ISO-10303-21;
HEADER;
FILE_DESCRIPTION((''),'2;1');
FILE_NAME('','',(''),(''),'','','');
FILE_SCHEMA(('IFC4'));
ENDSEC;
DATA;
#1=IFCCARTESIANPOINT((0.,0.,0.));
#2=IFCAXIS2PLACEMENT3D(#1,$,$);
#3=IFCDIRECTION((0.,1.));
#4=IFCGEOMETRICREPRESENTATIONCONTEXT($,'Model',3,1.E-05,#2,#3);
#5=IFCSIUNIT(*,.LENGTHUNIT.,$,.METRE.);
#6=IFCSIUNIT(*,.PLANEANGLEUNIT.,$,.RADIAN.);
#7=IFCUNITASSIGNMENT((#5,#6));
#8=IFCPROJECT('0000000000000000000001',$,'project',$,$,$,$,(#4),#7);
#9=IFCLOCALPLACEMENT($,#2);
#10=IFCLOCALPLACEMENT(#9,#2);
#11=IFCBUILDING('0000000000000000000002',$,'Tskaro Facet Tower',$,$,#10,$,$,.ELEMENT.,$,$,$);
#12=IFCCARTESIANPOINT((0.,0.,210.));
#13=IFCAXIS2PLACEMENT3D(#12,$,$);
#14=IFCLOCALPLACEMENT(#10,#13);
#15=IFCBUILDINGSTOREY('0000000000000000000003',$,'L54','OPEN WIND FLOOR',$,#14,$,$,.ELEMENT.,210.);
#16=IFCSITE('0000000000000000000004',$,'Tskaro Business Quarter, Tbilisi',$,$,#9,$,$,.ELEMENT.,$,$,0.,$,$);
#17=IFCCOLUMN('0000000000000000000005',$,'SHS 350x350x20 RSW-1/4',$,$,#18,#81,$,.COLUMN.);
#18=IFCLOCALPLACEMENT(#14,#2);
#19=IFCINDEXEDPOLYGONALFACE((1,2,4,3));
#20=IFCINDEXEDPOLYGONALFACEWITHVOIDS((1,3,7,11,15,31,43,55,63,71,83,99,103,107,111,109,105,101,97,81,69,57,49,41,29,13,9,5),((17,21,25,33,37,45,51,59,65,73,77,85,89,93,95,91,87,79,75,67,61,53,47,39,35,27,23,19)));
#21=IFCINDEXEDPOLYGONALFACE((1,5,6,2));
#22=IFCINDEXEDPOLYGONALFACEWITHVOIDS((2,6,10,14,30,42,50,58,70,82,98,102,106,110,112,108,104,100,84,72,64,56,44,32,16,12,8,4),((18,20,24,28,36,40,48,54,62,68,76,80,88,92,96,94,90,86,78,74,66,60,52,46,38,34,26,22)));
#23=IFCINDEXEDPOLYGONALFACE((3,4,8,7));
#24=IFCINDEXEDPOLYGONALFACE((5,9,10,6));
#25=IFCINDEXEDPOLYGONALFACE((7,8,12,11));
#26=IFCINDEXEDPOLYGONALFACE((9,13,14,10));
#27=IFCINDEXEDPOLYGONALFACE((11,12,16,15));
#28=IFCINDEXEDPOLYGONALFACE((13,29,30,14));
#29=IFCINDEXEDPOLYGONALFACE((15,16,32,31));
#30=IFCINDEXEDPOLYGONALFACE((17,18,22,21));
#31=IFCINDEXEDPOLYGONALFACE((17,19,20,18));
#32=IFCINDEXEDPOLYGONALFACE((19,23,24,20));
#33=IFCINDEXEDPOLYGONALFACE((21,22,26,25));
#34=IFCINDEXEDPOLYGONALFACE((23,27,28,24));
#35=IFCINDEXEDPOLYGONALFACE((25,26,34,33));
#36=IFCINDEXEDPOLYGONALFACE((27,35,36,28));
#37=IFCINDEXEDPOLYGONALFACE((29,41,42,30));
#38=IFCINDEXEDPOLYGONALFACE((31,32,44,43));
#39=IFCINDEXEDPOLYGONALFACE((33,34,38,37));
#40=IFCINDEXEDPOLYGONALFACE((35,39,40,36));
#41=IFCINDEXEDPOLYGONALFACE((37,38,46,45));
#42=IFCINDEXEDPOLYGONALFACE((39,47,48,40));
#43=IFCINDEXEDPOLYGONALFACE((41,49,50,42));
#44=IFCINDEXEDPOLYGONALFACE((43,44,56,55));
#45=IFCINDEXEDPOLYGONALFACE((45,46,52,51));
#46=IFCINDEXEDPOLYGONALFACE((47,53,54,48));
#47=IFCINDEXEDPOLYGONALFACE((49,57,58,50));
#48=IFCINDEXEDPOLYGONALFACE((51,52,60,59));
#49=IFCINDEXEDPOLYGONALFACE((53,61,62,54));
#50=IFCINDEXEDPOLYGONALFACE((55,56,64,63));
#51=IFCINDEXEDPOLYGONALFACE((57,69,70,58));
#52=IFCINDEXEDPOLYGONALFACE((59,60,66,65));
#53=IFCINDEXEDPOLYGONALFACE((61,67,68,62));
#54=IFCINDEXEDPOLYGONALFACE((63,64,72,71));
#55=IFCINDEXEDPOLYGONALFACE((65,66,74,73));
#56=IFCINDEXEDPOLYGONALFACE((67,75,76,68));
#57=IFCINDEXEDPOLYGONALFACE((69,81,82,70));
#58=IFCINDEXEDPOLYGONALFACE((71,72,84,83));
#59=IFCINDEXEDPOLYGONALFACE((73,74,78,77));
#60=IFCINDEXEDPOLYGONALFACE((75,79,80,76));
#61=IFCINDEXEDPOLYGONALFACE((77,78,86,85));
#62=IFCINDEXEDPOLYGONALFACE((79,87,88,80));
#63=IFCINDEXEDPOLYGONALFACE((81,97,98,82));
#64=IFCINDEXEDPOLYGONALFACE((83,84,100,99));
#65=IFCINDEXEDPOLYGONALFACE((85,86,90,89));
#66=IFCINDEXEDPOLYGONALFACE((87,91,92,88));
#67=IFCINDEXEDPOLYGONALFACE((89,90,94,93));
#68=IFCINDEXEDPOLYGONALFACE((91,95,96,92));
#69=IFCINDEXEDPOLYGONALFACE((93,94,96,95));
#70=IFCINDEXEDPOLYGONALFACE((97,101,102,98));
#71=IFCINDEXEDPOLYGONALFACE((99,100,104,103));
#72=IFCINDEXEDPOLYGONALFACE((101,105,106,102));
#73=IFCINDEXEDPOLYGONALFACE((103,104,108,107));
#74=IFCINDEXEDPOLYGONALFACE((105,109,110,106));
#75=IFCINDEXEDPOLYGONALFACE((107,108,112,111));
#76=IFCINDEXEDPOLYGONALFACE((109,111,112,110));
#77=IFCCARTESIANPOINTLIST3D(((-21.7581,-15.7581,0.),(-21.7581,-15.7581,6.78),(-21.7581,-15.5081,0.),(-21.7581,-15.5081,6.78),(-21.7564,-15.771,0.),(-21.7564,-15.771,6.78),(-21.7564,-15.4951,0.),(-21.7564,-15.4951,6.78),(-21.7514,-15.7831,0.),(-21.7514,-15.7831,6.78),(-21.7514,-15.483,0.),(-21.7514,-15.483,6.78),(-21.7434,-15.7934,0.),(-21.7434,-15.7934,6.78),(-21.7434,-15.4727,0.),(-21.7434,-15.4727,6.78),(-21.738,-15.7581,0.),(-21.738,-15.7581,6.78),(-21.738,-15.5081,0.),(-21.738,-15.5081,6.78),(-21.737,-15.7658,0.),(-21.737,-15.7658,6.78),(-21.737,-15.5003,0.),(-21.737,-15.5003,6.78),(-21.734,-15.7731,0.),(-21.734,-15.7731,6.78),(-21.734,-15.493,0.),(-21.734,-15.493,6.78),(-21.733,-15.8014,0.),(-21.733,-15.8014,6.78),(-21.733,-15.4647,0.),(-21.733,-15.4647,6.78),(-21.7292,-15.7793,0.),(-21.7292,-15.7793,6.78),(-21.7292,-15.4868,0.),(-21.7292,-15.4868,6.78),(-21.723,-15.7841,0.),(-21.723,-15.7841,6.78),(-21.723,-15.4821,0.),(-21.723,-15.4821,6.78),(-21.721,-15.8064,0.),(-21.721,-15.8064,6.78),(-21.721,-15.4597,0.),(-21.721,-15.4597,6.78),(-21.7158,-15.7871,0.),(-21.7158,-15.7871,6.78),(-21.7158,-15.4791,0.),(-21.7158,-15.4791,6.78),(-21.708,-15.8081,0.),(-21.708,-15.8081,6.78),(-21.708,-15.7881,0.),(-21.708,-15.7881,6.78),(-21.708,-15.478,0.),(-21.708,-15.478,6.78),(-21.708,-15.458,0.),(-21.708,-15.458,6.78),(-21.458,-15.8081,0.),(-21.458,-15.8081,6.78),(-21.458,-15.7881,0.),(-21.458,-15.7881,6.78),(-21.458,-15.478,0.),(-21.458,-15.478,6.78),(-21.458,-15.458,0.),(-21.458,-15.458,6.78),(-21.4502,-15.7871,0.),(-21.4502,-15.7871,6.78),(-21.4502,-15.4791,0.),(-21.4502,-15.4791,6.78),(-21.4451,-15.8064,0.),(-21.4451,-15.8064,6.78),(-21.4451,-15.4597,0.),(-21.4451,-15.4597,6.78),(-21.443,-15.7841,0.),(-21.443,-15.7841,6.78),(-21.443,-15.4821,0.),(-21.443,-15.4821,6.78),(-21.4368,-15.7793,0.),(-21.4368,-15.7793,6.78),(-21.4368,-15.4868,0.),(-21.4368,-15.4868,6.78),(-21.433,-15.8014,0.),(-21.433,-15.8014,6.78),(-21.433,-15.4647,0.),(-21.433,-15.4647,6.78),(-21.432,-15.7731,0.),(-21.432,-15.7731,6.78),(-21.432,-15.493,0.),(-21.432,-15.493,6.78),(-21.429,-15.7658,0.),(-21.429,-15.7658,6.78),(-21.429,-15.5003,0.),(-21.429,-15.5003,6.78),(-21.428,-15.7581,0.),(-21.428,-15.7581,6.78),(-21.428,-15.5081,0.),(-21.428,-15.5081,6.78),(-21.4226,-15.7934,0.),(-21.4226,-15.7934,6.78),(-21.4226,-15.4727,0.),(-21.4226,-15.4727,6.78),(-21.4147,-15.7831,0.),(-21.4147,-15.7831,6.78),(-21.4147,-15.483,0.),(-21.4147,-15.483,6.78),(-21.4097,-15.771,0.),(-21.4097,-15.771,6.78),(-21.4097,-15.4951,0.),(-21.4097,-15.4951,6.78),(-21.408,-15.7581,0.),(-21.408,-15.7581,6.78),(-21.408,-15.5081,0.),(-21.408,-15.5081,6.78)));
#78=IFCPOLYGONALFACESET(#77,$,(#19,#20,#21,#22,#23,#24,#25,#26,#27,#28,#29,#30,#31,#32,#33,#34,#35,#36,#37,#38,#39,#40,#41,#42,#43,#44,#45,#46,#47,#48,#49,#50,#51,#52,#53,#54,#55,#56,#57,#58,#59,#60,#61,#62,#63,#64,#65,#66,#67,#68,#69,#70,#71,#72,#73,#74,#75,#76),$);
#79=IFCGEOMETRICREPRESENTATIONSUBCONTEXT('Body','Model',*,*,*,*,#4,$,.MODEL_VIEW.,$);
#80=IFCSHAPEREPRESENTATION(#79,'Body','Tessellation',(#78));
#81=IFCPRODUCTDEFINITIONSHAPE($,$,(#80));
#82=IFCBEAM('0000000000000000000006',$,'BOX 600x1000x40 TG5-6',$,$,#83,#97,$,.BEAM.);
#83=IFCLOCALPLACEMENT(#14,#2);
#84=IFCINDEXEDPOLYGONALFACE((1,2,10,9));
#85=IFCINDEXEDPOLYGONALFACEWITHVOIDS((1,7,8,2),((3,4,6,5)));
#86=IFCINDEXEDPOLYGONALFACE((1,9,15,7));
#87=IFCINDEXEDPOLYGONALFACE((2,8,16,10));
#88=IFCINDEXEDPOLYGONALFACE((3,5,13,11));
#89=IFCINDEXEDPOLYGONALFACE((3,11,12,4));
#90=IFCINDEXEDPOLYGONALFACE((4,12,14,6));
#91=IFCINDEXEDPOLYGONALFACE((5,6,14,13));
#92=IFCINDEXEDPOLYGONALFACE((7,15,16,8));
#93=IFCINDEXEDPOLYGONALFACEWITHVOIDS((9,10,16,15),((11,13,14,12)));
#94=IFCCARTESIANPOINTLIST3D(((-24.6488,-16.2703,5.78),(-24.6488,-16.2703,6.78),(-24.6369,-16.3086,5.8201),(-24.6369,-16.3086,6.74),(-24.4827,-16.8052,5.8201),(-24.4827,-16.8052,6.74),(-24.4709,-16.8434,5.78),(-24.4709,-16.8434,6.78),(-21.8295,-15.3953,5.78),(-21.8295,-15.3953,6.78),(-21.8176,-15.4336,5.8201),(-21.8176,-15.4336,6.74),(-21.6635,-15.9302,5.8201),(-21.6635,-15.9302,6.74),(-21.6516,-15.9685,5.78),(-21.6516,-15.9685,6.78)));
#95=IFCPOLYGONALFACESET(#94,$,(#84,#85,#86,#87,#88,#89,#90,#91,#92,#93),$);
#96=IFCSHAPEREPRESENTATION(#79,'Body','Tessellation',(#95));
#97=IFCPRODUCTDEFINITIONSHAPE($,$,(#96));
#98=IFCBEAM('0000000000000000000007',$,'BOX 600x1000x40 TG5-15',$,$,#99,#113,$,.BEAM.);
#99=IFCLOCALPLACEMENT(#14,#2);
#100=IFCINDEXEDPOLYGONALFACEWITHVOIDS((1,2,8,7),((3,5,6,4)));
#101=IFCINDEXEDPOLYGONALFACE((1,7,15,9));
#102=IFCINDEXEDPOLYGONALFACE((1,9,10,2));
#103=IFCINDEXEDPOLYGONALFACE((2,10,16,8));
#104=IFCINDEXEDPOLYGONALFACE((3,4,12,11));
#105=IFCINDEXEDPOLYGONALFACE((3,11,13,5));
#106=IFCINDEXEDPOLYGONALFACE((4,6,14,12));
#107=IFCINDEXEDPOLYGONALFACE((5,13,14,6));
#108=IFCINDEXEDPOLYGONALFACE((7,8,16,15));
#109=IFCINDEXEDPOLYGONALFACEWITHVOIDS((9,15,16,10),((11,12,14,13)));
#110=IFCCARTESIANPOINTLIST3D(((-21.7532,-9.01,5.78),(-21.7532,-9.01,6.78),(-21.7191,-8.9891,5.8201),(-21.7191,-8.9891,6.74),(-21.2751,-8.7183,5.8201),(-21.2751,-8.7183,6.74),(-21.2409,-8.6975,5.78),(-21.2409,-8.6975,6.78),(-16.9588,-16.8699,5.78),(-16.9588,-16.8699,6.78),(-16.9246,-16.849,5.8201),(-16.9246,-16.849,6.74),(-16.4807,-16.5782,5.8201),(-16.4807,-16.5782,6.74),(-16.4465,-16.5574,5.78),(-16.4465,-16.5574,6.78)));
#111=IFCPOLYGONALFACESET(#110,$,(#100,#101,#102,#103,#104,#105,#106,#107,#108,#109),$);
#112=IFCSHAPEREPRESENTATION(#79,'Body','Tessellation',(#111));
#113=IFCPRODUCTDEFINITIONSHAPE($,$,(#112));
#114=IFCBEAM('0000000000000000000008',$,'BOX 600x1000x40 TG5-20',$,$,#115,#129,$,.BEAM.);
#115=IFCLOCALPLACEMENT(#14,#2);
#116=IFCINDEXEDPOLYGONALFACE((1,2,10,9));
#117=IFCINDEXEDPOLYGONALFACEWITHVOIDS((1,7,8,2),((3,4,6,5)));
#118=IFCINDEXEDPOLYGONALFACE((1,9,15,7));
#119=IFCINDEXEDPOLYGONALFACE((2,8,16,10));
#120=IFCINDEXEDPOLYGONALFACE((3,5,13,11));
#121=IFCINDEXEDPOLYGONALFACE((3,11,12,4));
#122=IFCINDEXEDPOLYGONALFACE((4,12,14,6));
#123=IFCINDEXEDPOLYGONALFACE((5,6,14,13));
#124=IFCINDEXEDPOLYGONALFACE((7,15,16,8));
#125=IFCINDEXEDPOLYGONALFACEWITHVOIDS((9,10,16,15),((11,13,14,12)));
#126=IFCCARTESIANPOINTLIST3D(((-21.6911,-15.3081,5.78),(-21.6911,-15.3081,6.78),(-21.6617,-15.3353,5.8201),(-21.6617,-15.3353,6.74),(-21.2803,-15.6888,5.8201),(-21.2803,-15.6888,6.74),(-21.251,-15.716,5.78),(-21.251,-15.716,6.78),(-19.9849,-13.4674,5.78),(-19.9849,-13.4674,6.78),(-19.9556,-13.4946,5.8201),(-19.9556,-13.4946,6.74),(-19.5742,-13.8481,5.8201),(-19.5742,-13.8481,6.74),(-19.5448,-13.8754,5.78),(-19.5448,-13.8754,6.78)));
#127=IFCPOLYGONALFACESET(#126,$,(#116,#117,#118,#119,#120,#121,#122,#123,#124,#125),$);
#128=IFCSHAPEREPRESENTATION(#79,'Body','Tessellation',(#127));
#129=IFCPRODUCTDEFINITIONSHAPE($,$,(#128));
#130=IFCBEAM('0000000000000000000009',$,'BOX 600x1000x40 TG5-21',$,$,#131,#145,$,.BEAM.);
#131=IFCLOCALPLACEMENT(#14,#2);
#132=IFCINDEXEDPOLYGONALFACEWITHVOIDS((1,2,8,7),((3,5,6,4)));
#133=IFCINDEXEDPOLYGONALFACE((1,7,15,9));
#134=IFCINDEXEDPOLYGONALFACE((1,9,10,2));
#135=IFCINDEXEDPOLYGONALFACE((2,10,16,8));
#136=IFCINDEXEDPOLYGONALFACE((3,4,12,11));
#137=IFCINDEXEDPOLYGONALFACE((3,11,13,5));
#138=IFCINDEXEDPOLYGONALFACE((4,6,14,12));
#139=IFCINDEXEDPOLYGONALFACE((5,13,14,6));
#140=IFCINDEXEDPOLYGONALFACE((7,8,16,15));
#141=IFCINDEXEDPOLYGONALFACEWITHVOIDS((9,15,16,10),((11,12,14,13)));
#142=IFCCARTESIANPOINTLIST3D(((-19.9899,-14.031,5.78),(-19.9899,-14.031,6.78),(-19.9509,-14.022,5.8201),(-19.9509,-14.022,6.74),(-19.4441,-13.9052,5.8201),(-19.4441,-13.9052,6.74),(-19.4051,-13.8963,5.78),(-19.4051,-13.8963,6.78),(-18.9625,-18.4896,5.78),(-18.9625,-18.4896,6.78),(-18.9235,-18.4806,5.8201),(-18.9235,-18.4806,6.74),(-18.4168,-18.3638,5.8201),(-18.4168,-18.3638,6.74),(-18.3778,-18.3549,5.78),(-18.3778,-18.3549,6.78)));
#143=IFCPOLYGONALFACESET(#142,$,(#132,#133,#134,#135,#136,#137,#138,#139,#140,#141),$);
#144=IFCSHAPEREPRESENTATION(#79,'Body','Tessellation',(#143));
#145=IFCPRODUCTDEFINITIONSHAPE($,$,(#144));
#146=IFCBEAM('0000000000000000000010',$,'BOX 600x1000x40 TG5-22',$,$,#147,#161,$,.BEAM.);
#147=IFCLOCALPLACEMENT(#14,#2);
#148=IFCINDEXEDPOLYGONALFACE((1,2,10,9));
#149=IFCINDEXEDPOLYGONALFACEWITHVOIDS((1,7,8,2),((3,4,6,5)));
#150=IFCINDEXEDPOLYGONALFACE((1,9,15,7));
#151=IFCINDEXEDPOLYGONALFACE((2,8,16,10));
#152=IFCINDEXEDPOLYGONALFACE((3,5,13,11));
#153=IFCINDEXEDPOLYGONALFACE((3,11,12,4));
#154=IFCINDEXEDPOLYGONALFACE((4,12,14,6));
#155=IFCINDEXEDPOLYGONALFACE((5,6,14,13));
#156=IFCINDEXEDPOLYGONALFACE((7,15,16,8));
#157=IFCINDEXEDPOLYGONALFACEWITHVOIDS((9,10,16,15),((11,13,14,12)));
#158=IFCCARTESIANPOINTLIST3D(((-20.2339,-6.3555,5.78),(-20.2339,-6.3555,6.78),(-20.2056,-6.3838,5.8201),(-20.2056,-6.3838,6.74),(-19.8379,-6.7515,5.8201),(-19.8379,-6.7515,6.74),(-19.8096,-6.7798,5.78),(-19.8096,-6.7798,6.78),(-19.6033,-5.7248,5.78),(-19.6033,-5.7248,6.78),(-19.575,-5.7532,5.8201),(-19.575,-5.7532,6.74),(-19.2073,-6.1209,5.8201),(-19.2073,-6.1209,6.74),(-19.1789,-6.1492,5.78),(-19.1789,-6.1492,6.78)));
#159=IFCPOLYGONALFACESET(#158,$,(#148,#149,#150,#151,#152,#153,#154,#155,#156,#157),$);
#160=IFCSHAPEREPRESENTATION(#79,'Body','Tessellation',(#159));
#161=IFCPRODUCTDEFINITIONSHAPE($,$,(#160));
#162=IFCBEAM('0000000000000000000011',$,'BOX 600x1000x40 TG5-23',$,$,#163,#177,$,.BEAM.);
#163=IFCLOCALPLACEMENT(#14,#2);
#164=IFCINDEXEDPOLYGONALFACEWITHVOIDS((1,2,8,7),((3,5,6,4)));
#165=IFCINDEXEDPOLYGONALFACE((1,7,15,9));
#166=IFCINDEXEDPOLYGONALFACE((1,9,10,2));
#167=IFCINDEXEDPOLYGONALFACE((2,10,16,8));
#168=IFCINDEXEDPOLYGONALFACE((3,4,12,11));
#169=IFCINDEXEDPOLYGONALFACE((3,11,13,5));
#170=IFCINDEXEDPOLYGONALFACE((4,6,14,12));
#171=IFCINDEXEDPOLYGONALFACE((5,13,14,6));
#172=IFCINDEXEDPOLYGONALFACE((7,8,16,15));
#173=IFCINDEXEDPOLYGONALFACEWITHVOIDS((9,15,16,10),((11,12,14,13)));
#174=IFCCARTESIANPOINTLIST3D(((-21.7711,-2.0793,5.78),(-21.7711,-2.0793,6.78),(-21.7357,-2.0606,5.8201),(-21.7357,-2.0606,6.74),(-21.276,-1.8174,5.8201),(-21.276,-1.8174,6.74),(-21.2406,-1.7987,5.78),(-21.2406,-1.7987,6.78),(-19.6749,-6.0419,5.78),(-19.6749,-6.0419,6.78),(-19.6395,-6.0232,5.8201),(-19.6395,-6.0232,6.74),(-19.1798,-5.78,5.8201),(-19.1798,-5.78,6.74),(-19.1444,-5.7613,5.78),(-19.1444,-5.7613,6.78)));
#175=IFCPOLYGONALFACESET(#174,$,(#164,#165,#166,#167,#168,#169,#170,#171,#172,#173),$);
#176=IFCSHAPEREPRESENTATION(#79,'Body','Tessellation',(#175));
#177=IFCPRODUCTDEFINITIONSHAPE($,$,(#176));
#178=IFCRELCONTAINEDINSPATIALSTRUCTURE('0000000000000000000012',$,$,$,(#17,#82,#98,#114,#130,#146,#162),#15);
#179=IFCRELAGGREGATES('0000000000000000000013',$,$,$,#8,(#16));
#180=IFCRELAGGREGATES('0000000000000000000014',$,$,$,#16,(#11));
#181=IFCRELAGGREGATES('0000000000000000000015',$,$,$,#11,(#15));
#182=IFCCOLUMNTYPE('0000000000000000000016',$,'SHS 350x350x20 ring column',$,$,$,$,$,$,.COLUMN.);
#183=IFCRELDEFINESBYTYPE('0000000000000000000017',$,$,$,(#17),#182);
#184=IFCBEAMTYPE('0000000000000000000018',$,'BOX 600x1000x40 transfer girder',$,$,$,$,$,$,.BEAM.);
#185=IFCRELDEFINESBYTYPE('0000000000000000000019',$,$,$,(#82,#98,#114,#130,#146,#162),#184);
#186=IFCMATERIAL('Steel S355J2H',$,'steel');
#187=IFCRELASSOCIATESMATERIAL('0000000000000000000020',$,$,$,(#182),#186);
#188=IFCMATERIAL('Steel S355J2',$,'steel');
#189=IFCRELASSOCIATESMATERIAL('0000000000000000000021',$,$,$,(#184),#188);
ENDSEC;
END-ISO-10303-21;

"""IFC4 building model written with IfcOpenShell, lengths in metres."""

from ifc_helpers import new_model, si_unit, direction, frame, origin, origin_2d, place, context, subcontext, project, spatial, hollow_rectangle, extrude, material, material_profile, profile_set, type_object, element, save


model = new_model("IFC4")

# Units and contexts
model_context = context("Model", 3, precision=1e-05, world=origin(), true_north=direction((0.0, 1.0)))
body_context = subcontext(model_context, "Body", "Model", "MODEL_VIEW")
ifc_project = project(units=[si_unit("LENGTHUNIT", "METRE"), si_unit("PLANEANGLEUNIT", "RADIAN")], contexts=[model_context])

# Site, building, storey
site_placement = place(None, origin())
site = spatial("IfcSite", under=ifc_project, at=site_placement, Name="Tskaro Business Quarter, Tbilisi", CompositionType="ELEMENT", RefElevation=0.0)
building_placement = place(site_placement, origin())
building = spatial("IfcBuilding", under=site, at=building_placement, Name="Tskaro Facet Tower", CompositionType="ELEMENT")
storey_placement = place(building_placement, frame((0.0, 0.0, 210.0)))
storey = spatial("IfcBuildingStorey", under=building, at=storey_placement, Name="L54", Description="OPEN WIND FLOOR", CompositionType="ELEMENT", Elevation=210.0)

# Column
ifc_material_1 = material(Name="Steel S355J2H", Category="steel")
ifc_material_profile_1 = material_profile(ifc_material_1, hollow_rectangle(XDim=0.3501, YDim=0.3501, WallThickness=0.02, InnerFilletRadius=0.03, OuterFilletRadius=0.05, at=origin_2d()), Name="SHS 350x350x20")
ifc_profile_set_1 = profile_set([ifc_material_profile_1], Name="Steel S355J2H")
column_type_1 = type_object("IfcColumnType", Name="SHS 350x350x20 ring column", PredefinedType="COLUMN", material=ifc_profile_set_1)
for number, where, z_axis, x_axis, name in (
    (1, (-21.583, -15.6331, 0.0), (0.0, 0.0, 1.0), (1.0, 0.0, 0.0), "SHS 350x350x20 RSW-1/4"),
):
    element("IfcColumn", number, at=place(storey_placement, frame(where, z_axis=z_axis, x_axis=x_axis)), inside=storey, type_object=column_type_1, Name=name, PredefinedType="COLUMN", context=body_context, shape_type="SweptSolid", body=[
        extrude(hollow_rectangle(XDim=0.3501, YDim=0.3501, WallThickness=0.02, InnerFilletRadius=0.03, OuterFilletRadius=0.05, at=origin_2d()), origin(), (0.0, 0.0, 1.0), 6.78),
    ])

# Beams
ifc_material_2 = material(Name="Steel S355J2", Category="steel")
ifc_material_profile_2 = material_profile(ifc_material_2, hollow_rectangle(XDim=0.6001, YDim=1.0, WallThickness=0.04, at=origin_2d()), Name="BOX 600x1000x40")
ifc_profile_set_2 = profile_set([ifc_material_profile_2], Name="Steel S355J2")
beam_type_1 = type_object("IfcBeamType", Name="BOX 600x1000x40 transfer girder", PredefinedType="BEAM", material=ifc_profile_set_2)
beam_1_placement = place(storey_placement, frame((-24.5598, -16.5569, 6.28), z_axis=(0.955061, 0.29641, 0.0), x_axis=(-0.29641, 0.955061, 0.0)))
element("IfcBeam", 2, at=beam_1_placement, inside=storey, type_object=beam_type_1, Name="BOX 600x1000x40 TG5-6", PredefinedType="BEAM", context=body_context, shape_type="SweptSolid", body=[
    extrude(hollow_rectangle(XDim=0.6001, YDim=1.0, WallThickness=0.04, at=origin_2d()), origin(), (0.0, 0.0, 1.0), 2.9519),
])
beam_2_placement = place(storey_placement, frame((-16.7026, -16.7136, 6.28), z_axis=(-0.520753, 0.853708, 0.0), x_axis=(-0.853708, -0.520753, 0.0)))
element("IfcBeam", 3, at=beam_2_placement, inside=storey, type_object=beam_type_1, Name="BOX 600x1000x40 TG5-15", PredefinedType="BEAM", context=body_context, shape_type="SweptSolid", body=[
    extrude(hollow_rectangle(XDim=0.6001, YDim=1.0, WallThickness=0.04, at=origin_2d()), origin(), (0.0, 0.0, 1.0), 9.2068),
])
beam_3_placement = place(storey_placement, frame((-19.7649, -13.6714, 6.28), z_axis=(-0.679798, -0.7334, 0.0), x_axis=(0.7334, -0.679798, 0.0)))
element("IfcBeam", 4, at=beam_3_placement, inside=storey, type_object=beam_type_1, Name="BOX 600x1000x40 TG5-20", PredefinedType="BEAM", context=body_context, shape_type="SweptSolid", body=[
    extrude(hollow_rectangle(XDim=0.6001, YDim=1.0, WallThickness=0.04, at=origin_2d()), origin(), (0.0, 0.0, 1.0), 2.5098),
])
beam_4_placement = place(storey_placement, frame((-19.6975, -13.9636, 6.28), z_axis=(0.22454, -0.974465, 0.0), x_axis=(0.974465, 0.22454, 0.0)))
element("IfcBeam", 5, at=beam_4_placement, inside=storey, type_object=beam_type_1, Name="BOX 600x1000x40 TG5-21", PredefinedType="BEAM", context=body_context, shape_type="SweptSolid", body=[
    extrude(hollow_rectangle(XDim=0.6001, YDim=1.0, WallThickness=0.04, at=origin_2d()), origin(), (0.0, 0.0, 1.0), 4.5754),
])
beam_5_placement = place(storey_placement, frame((-19.3911, -5.937, 6.28), z_axis=(-0.707107, -0.707107, 0.0), x_axis=(0.707107, -0.707107, 0.0)))
element("IfcBeam", 6, at=beam_5_placement, inside=storey, type_object=beam_type_1, Name="BOX 600x1000x40 TG5-22", PredefinedType="BEAM", context=body_context, shape_type="SweptSolid", body=[
    extrude(hollow_rectangle(XDim=0.6001, YDim=1.0, WallThickness=0.04, at=origin_2d()), origin(), (0.0, 0.0, 1.0), 0.8918),
])
beam_6_placement = place(storey_placement, frame((-19.4097, -5.9016, 6.28), z_axis=(-0.467595, 0.883943, 0.0), x_axis=(-0.883943, -0.467595, 0.0)))
element("IfcBeam", 7, at=beam_6_placement, inside=storey, type_object=beam_type_1, Name="BOX 600x1000x40 TG5-23", PredefinedType="BEAM", context=body_context, shape_type="SweptSolid", body=[
    extrude(hollow_rectangle(XDim=0.6001, YDim=1.0, WallThickness=0.04, at=origin_2d()), origin(), (0.0, 0.0, 1.0), 4.4829),
])

save(model, "model.ifc")
